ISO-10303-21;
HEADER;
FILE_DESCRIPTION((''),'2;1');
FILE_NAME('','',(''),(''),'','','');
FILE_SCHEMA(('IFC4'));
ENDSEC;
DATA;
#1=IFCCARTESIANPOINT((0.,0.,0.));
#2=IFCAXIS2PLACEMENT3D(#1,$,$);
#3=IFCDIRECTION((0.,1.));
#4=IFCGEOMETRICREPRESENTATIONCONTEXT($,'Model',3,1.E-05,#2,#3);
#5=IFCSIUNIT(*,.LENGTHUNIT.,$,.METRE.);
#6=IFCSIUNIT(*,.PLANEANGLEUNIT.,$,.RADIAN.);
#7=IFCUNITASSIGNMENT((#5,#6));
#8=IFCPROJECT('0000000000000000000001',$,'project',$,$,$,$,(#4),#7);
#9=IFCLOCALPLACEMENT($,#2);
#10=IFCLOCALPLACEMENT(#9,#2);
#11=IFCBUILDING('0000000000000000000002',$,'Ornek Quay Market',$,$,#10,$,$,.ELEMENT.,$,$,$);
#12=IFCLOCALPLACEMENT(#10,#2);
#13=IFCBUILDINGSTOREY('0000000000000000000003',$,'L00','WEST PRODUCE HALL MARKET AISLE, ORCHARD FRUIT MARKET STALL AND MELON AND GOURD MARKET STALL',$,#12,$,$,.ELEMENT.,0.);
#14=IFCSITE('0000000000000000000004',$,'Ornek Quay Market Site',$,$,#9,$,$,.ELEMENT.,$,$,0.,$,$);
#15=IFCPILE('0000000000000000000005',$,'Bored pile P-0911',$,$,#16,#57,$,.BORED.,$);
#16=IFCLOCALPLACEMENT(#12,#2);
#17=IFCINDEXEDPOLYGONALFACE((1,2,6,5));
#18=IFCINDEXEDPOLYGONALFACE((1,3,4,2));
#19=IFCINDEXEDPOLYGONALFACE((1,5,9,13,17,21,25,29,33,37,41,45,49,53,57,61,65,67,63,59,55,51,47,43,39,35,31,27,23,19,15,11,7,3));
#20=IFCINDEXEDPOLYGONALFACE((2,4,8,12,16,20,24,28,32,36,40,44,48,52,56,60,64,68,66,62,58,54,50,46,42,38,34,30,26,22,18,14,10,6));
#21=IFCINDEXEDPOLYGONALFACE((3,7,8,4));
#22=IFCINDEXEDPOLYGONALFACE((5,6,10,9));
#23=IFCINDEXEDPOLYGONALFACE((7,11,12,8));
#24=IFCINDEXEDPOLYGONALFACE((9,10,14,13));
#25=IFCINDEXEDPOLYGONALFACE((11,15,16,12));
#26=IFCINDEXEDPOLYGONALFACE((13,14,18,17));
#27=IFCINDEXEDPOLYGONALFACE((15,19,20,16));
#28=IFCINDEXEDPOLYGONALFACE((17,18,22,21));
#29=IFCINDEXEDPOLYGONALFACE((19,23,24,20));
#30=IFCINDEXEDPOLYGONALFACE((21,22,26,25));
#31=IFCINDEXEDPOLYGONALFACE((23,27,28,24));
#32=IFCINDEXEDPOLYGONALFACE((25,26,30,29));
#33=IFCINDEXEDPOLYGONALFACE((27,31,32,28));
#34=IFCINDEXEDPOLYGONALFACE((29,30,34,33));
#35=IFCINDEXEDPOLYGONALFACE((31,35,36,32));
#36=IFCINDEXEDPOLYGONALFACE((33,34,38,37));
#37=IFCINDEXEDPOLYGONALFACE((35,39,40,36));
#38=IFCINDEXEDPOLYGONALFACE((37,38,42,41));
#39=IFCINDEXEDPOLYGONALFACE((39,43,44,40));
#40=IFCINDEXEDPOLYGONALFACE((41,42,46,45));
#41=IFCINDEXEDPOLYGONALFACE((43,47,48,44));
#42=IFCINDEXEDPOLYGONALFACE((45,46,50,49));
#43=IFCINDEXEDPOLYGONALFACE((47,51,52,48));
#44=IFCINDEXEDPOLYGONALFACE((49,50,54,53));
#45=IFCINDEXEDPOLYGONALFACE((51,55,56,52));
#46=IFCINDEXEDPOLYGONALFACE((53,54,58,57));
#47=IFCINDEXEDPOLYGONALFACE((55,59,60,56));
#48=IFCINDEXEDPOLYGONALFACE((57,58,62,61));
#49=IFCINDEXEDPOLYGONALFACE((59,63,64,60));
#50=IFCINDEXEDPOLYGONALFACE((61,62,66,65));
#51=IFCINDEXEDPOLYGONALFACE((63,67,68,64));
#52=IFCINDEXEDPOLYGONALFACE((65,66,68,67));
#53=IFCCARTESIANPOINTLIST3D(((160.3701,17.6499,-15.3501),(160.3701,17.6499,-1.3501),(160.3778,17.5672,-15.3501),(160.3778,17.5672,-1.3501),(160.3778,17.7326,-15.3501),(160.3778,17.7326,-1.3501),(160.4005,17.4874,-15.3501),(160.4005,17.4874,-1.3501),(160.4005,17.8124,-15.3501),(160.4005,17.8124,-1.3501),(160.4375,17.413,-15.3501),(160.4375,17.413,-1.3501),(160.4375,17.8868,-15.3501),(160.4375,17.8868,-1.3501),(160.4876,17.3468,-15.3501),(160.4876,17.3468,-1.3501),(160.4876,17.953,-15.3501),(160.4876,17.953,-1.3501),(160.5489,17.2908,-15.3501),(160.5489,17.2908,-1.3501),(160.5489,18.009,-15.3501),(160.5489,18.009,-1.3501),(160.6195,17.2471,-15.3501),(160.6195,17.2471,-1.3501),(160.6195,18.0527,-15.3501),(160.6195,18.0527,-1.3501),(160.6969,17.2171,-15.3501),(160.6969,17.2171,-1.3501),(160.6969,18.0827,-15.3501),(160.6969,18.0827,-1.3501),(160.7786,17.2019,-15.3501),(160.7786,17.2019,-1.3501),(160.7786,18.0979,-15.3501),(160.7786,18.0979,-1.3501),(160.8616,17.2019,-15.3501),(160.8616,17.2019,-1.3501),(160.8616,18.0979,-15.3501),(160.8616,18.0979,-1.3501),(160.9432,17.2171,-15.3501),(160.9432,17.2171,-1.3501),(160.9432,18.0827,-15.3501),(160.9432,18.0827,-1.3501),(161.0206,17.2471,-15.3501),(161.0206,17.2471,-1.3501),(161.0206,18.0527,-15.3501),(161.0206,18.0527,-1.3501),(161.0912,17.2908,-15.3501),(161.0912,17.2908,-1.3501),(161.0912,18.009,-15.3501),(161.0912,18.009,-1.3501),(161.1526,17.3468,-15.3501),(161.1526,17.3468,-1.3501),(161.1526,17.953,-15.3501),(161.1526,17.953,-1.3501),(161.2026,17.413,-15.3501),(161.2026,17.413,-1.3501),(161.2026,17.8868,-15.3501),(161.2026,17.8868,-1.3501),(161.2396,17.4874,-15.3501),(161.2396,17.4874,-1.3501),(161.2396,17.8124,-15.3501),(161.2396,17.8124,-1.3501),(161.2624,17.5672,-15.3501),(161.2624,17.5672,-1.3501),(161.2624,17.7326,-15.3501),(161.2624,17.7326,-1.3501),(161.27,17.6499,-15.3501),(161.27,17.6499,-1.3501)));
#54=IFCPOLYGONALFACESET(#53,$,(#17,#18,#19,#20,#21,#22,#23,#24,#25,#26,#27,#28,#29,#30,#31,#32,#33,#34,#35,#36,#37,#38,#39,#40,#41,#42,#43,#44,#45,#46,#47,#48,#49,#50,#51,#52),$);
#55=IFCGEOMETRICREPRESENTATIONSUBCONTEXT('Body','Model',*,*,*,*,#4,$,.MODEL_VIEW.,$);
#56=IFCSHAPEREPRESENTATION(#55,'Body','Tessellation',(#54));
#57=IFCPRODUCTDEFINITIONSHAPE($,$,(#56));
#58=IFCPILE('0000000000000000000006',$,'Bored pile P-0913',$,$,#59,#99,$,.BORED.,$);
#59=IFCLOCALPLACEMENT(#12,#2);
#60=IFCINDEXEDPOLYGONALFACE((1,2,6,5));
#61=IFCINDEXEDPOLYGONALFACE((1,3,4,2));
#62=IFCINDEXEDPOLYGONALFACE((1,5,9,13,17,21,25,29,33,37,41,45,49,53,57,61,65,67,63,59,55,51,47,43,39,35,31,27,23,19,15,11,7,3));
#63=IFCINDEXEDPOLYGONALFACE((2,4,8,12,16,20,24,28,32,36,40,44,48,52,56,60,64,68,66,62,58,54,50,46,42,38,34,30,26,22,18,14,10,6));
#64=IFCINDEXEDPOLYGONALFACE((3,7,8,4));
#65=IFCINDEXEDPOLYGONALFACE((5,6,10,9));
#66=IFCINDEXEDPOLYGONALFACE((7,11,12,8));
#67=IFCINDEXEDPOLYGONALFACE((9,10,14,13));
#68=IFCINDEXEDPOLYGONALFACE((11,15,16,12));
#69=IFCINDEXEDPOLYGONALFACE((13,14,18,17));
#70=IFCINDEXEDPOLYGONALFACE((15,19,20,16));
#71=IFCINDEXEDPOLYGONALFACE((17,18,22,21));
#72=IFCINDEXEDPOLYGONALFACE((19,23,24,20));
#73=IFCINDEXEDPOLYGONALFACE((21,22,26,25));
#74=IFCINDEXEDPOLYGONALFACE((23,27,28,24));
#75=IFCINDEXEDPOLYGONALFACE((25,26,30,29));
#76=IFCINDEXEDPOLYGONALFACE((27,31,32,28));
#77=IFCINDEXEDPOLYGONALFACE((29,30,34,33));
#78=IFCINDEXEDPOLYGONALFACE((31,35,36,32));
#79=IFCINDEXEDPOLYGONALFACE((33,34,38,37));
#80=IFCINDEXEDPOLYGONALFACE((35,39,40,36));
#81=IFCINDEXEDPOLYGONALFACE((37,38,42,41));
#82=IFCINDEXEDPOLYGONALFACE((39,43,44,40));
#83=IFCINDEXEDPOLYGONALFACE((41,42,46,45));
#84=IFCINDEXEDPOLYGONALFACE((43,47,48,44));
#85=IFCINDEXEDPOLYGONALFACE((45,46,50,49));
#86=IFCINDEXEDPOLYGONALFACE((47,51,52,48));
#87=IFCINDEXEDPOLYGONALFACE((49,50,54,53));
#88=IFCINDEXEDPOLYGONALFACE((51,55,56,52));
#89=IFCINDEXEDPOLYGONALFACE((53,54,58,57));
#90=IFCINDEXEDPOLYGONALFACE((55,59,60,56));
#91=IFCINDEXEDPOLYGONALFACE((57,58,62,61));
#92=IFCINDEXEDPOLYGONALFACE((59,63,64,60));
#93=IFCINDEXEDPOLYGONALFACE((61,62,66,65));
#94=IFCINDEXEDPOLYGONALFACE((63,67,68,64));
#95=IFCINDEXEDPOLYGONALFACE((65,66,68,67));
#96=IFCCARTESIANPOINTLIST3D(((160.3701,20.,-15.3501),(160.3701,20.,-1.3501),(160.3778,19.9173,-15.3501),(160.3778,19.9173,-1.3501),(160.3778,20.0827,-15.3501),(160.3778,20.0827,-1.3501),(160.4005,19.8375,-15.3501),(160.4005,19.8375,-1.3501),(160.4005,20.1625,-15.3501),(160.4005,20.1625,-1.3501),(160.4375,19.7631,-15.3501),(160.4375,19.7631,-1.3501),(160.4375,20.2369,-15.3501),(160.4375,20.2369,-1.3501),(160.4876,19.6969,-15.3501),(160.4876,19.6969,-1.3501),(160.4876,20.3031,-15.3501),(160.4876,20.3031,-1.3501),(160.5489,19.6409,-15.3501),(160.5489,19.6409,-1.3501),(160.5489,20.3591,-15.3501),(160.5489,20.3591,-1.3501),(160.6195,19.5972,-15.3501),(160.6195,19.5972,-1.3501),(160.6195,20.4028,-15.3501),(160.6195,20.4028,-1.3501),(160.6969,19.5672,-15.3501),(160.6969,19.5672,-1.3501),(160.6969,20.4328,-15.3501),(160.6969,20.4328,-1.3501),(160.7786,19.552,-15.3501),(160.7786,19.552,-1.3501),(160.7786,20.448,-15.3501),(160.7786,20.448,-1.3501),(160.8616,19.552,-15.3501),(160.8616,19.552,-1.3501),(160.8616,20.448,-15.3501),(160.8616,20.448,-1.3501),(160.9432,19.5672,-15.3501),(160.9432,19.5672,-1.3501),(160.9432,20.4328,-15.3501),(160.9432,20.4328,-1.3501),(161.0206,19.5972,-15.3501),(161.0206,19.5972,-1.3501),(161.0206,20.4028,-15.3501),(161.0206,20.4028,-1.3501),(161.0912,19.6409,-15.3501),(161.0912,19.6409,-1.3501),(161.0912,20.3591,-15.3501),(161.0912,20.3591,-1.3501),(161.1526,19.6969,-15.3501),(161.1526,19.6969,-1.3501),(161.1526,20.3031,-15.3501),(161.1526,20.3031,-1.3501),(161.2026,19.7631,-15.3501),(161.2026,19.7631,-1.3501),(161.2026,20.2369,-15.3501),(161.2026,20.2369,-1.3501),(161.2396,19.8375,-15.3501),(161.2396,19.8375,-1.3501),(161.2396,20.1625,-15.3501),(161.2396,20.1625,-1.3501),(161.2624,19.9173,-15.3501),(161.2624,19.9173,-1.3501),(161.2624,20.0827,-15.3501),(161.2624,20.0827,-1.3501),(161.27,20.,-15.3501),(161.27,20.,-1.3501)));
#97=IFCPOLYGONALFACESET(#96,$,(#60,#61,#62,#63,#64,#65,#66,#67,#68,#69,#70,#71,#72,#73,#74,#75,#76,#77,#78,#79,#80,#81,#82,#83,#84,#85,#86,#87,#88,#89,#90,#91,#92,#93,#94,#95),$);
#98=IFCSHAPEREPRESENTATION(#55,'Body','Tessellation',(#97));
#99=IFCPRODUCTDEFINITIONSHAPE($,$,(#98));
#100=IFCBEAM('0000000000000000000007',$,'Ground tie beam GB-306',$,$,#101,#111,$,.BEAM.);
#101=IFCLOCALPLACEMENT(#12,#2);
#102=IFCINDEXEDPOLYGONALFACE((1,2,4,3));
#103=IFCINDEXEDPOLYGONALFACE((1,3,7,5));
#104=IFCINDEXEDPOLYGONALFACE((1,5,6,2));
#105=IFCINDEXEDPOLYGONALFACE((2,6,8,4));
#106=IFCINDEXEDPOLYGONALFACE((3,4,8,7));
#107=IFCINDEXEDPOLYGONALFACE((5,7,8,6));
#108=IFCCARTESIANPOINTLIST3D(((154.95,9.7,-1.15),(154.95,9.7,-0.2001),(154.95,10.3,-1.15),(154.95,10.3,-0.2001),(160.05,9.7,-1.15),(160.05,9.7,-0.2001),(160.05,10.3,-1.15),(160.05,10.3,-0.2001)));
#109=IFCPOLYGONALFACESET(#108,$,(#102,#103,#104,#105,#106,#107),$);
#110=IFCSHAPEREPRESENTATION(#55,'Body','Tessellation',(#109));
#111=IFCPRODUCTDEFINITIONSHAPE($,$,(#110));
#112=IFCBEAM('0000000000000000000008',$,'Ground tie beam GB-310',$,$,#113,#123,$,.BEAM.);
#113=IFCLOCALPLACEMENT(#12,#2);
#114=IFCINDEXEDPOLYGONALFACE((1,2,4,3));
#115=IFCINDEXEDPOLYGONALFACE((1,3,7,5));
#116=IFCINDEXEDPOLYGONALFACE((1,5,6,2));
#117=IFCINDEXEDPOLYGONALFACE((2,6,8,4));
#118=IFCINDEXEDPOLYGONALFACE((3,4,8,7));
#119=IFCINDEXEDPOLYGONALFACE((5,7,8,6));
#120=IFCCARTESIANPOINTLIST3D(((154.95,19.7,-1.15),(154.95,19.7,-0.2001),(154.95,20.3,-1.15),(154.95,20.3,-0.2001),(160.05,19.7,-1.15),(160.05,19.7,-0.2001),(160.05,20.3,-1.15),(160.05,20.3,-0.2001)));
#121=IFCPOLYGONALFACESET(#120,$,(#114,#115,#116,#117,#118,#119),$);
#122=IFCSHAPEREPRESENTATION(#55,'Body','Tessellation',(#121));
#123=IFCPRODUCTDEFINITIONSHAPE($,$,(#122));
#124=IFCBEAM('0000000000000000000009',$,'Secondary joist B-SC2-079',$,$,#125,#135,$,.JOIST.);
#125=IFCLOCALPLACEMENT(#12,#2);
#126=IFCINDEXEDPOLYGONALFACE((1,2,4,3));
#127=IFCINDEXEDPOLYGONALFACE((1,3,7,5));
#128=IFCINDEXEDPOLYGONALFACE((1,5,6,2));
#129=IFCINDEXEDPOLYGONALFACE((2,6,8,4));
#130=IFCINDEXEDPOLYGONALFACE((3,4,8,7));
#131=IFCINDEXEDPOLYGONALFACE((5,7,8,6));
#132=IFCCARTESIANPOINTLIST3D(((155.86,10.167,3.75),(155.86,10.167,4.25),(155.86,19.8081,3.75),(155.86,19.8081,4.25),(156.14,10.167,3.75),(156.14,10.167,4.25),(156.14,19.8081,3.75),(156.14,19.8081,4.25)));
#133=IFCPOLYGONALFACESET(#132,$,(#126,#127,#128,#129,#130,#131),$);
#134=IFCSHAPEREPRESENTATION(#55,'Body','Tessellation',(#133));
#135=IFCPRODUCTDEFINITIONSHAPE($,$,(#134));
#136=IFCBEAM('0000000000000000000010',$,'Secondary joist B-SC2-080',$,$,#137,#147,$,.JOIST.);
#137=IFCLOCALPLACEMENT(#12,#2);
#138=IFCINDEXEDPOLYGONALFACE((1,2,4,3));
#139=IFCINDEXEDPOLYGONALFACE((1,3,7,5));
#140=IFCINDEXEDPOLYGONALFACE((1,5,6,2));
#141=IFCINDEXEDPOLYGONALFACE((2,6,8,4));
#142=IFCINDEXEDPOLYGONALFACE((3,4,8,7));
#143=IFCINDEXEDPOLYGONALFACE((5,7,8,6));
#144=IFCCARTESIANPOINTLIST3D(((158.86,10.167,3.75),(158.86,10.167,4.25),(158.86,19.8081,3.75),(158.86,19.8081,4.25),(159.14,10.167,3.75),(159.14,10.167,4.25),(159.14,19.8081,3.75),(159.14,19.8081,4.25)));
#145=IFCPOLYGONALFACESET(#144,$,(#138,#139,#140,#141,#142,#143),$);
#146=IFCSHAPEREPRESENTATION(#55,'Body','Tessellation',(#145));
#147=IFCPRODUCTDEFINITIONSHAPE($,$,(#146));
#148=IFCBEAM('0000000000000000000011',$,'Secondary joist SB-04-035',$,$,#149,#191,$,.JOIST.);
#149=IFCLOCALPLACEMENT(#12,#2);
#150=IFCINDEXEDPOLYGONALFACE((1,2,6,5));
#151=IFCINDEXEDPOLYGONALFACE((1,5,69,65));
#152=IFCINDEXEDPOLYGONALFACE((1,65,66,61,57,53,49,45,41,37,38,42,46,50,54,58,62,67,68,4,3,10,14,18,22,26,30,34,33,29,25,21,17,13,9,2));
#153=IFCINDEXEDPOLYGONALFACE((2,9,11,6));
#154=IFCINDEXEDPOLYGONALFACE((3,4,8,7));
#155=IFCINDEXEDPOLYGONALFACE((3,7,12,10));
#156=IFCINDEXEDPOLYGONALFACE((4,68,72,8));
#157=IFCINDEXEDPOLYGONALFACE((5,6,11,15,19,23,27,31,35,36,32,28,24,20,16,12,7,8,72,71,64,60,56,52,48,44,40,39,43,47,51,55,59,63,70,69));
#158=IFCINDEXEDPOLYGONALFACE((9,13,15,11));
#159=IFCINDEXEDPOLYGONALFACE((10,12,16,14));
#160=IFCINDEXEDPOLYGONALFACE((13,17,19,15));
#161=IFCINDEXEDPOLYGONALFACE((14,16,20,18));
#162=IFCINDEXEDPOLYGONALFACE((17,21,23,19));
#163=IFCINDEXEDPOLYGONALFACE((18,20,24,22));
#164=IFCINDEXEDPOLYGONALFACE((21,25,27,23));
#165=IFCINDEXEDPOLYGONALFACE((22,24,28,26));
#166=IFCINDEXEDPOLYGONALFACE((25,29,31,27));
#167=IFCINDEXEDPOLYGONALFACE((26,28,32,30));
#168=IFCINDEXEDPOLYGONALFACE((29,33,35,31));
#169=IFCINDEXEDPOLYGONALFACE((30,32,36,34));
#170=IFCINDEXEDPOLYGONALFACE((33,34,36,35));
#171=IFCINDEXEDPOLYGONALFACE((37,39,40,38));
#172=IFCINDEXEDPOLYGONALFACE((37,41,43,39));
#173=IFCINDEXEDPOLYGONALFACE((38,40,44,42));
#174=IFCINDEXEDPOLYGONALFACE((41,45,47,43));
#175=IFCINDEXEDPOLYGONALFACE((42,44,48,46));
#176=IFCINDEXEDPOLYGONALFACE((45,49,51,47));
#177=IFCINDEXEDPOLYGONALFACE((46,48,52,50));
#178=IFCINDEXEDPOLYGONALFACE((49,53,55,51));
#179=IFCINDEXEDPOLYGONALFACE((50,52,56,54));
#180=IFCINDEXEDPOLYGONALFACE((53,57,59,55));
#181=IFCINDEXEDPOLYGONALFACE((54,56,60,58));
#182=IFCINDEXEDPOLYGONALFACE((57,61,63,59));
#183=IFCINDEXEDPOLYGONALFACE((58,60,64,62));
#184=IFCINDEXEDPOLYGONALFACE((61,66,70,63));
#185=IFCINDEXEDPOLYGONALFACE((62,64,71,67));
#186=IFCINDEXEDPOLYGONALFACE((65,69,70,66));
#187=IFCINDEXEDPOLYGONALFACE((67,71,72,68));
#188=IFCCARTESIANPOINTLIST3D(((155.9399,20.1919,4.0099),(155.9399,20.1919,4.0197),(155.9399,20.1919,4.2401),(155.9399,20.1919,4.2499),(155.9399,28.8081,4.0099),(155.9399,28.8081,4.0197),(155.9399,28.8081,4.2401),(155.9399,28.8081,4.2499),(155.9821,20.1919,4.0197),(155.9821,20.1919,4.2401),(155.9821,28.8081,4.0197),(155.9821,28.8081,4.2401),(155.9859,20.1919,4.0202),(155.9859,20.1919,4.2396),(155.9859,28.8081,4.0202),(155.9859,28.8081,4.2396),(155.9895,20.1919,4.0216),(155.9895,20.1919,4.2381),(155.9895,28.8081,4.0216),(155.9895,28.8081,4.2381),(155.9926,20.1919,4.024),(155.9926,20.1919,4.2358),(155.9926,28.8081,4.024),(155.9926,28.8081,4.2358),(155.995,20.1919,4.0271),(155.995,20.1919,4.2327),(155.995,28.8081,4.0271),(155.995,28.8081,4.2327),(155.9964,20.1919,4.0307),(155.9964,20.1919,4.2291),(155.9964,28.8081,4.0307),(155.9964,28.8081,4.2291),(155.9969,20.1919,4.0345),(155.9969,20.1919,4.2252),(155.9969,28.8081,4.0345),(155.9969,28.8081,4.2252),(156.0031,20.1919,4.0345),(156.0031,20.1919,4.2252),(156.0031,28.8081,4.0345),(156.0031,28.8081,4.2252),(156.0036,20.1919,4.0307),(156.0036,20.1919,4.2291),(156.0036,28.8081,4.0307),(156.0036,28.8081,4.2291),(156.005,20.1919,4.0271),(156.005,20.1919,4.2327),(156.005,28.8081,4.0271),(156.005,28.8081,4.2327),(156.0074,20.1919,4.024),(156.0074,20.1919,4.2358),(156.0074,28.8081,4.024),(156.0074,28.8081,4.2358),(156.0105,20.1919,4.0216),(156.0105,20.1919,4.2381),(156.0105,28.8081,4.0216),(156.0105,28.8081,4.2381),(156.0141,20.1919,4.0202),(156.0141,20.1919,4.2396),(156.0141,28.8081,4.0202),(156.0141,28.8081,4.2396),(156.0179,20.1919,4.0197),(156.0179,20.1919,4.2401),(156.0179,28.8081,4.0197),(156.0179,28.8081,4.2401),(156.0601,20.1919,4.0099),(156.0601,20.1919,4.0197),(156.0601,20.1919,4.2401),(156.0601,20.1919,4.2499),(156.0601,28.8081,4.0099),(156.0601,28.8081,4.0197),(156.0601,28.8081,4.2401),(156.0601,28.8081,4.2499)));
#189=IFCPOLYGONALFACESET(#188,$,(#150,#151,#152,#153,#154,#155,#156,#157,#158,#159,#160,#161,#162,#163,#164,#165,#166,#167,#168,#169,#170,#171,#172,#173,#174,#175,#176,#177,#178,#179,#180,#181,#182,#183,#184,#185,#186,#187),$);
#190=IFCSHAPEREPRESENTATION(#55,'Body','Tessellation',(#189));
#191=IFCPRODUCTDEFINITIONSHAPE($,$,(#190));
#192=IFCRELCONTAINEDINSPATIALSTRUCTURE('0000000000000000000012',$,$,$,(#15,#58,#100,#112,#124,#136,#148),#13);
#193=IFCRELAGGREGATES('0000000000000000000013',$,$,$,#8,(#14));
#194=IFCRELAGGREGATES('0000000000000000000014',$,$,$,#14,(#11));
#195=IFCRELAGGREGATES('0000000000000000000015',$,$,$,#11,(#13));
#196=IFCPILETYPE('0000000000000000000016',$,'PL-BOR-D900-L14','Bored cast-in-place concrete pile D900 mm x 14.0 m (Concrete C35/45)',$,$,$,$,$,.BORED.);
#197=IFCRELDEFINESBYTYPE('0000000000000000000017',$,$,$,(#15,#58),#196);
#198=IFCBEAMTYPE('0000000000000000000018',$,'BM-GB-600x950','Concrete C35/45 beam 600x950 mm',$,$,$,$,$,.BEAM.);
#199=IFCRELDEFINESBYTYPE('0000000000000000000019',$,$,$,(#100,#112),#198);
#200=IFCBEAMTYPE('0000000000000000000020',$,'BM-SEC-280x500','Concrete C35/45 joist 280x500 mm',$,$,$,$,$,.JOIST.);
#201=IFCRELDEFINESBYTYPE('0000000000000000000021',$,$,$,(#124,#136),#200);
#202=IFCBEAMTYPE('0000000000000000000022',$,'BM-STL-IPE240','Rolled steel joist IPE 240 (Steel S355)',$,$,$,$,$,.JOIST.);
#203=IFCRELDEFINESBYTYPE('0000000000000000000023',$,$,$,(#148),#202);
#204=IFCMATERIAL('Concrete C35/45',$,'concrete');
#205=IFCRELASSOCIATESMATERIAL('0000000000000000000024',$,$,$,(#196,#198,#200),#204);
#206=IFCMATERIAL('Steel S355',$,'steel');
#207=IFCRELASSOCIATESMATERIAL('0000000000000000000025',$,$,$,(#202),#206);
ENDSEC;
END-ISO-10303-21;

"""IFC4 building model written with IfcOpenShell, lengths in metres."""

from ifc_helpers import new_model, si_unit, direction, frame, origin, origin_2d, place, context, subcontext, project, spatial, rectangle, circle, i_section, extrude, material, material_profile, profile_set, type_object, element, save


model = new_model("IFC4")

# Units and contexts
model_context = context("Model", 3, precision=1e-05, world=origin(), true_north=direction((0.0, 1.0)))
body_context = subcontext(model_context, "Body", "Model", "MODEL_VIEW")
ifc_project = project(units=[si_unit("LENGTHUNIT", "METRE"), si_unit("PLANEANGLEUNIT", "RADIAN")], contexts=[model_context])

# Site, building, storey
site_placement = place(None, origin())
site = spatial("IfcSite", under=ifc_project, at=site_placement, Name="Ornek Quay Market Site", CompositionType="ELEMENT", RefElevation=0.0)
building_placement = place(site_placement, origin())
building = spatial("IfcBuilding", under=site, at=building_placement, Name="Ornek Quay Market", CompositionType="ELEMENT")
storey_placement = place(building_placement, origin())
storey = spatial("IfcBuildingStorey", under=building, at=storey_placement, Name="L00", Description="WEST PRODUCE HALL MARKET AISLE, ORCHARD FRUIT MARKET STALL AND MELON AND GOURD MARKET STALL", CompositionType="ELEMENT", Elevation=0.0)

# Piles
ifc_material_1 = material(Name="Concrete C35/45", Category="concrete")
ifc_material_profile_1 = material_profile(ifc_material_1, circle(Radius=0.45, at=origin_2d()), Name="PILE D900", Category="concrete")
ifc_profile_set_1 = profile_set([ifc_material_profile_1], Name="Concrete C35/45")
pile_type = type_object("IfcPileType", Name="PL-BOR-D900-L14", Description="Bored cast-in-place concrete pile D900 mm x 14.0 m (Concrete C35/45)", PredefinedType="BORED", material=ifc_profile_set_1)
for number, where, z_axis, x_axis, name in (
    (1, (160.8201, 17.6499, -1.3501), (0.0, 0.0, -1.0), (1.0, 0.0, 0.0), "Bored pile P-0911"),
    (2, (160.8201, 20.0, -1.3501), (0.0, 0.0, -1.0), (1.0, 0.0, 0.0), "Bored pile P-0913"),
):
    element("IfcPile", number, at=place(storey_placement, frame(where, z_axis=z_axis, x_axis=x_axis)), inside=storey, type_object=pile_type, Name=name, PredefinedType="BORED", context=body_context, shape_type="SweptSolid", body=[
        extrude(circle(Radius=0.45, at=origin_2d()), origin(), (0.0, 0.0, 1.0), 14.0),
    ])

# Beams
ifc_material_profile_2 = material_profile(ifc_material_1, rectangle(XDim=0.6001, YDim=0.95, at=origin_2d()), Name="RC 600x950", Category="concrete")
ifc_profile_set_2 = profile_set([ifc_material_profile_2], Name="Concrete C35/45")
beam_type_1 = type_object("IfcBeamType", Name="BM-GB-600x950", Description="Concrete C35/45 beam 600x950 mm", PredefinedType="BEAM", material=ifc_profile_set_2)
for number, where, z_axis, x_axis, name in (
    (3, (154.95, 10.0, -0.675), (1.0, 0.0, 0.0), (0.0, 1.0, 0.0), "Ground tie beam GB-306"),
    (4, (154.95, 20.0, -0.675), (1.0, 0.0, 0.0), (0.0, 1.0, 0.0), "Ground tie beam GB-310"),
):
    element("IfcBeam", number, at=place(storey_placement, frame(where, z_axis=z_axis, x_axis=x_axis)), inside=storey, type_object=beam_type_1, Name=name, PredefinedType="BEAM", context=body_context, shape_type="SweptSolid", body=[
        extrude(rectangle(XDim=0.6001, YDim=0.95, at=origin_2d()), origin(), (0.0, 0.0, 1.0), 5.1001),
    ])
ifc_material_profile_3 = material_profile(ifc_material_1, rectangle(XDim=0.28, YDim=0.5, at=origin_2d()), Name="RC 280x500", Category="concrete")
ifc_profile_set_3 = profile_set([ifc_material_profile_3], Name="Concrete C35/45")
beam_type_2 = type_object("IfcBeamType", Name="BM-SEC-280x500", Description="Concrete C35/45 joist 280x500 mm", PredefinedType="JOIST", material=ifc_profile_set_3)
for number, where, z_axis, x_axis, name in (
    (5, (156.0, 10.167, 4.0), (0.0, 1.0, 0.0), (-1.0, 0.0, 0.0), "Secondary joist B-SC2-079"),
    (6, (159.0, 10.167, 4.0), (0.0, 1.0, 0.0), (-1.0, 0.0, 0.0), "Secondary joist B-SC2-080"),
):
    element("IfcBeam", number, at=place(storey_placement, frame(where, z_axis=z_axis, x_axis=x_axis)), inside=storey, type_object=beam_type_2, Name=name, PredefinedType="JOIST", context=body_context, shape_type="SweptSolid", body=[
        extrude(rectangle(XDim=0.28, YDim=0.5, at=origin_2d()), origin(), (0.0, 0.0, 1.0), 9.6411),
    ])
ifc_material_2 = material(Name="Steel S355", Category="steel")
ifc_material_profile_4 = material_profile(ifc_material_2, i_section(OverallWidth=0.1201, OverallDepth=0.24, WebThickness=0.0061, FlangeThickness=0.0098, FilletRadius=0.0149, at=origin_2d()), Name="IPE 240", Category="steel")
ifc_profile_set_4 = profile_set([ifc_material_profile_4], Name="Steel S355")
beam_type_3 = type_object("IfcBeamType", Name="BM-STL-IPE240", Description="Rolled steel joist IPE 240 (Steel S355)", PredefinedType="JOIST", material=ifc_profile_set_4)
for number, where, z_axis, x_axis, name in (
    (7, (156.0, 20.1919, 4.1299), (0.0, 1.0, 0.0), (-1.0, 0.0, 0.0), "Secondary joist SB-04-035"),
):
    element("IfcBeam", number, at=place(storey_placement, frame(where, z_axis=z_axis, x_axis=x_axis)), inside=storey, type_object=beam_type_3, Name=name, PredefinedType="JOIST", context=body_context, shape_type="SweptSolid", body=[
        extrude(i_section(OverallWidth=0.1201, OverallDepth=0.24, WebThickness=0.0061, FlangeThickness=0.0098, FilletRadius=0.0149, at=origin_2d()), origin(), (0.0, 0.0, 1.0), 8.6162),
    ])

save(model, "model.ifc")
